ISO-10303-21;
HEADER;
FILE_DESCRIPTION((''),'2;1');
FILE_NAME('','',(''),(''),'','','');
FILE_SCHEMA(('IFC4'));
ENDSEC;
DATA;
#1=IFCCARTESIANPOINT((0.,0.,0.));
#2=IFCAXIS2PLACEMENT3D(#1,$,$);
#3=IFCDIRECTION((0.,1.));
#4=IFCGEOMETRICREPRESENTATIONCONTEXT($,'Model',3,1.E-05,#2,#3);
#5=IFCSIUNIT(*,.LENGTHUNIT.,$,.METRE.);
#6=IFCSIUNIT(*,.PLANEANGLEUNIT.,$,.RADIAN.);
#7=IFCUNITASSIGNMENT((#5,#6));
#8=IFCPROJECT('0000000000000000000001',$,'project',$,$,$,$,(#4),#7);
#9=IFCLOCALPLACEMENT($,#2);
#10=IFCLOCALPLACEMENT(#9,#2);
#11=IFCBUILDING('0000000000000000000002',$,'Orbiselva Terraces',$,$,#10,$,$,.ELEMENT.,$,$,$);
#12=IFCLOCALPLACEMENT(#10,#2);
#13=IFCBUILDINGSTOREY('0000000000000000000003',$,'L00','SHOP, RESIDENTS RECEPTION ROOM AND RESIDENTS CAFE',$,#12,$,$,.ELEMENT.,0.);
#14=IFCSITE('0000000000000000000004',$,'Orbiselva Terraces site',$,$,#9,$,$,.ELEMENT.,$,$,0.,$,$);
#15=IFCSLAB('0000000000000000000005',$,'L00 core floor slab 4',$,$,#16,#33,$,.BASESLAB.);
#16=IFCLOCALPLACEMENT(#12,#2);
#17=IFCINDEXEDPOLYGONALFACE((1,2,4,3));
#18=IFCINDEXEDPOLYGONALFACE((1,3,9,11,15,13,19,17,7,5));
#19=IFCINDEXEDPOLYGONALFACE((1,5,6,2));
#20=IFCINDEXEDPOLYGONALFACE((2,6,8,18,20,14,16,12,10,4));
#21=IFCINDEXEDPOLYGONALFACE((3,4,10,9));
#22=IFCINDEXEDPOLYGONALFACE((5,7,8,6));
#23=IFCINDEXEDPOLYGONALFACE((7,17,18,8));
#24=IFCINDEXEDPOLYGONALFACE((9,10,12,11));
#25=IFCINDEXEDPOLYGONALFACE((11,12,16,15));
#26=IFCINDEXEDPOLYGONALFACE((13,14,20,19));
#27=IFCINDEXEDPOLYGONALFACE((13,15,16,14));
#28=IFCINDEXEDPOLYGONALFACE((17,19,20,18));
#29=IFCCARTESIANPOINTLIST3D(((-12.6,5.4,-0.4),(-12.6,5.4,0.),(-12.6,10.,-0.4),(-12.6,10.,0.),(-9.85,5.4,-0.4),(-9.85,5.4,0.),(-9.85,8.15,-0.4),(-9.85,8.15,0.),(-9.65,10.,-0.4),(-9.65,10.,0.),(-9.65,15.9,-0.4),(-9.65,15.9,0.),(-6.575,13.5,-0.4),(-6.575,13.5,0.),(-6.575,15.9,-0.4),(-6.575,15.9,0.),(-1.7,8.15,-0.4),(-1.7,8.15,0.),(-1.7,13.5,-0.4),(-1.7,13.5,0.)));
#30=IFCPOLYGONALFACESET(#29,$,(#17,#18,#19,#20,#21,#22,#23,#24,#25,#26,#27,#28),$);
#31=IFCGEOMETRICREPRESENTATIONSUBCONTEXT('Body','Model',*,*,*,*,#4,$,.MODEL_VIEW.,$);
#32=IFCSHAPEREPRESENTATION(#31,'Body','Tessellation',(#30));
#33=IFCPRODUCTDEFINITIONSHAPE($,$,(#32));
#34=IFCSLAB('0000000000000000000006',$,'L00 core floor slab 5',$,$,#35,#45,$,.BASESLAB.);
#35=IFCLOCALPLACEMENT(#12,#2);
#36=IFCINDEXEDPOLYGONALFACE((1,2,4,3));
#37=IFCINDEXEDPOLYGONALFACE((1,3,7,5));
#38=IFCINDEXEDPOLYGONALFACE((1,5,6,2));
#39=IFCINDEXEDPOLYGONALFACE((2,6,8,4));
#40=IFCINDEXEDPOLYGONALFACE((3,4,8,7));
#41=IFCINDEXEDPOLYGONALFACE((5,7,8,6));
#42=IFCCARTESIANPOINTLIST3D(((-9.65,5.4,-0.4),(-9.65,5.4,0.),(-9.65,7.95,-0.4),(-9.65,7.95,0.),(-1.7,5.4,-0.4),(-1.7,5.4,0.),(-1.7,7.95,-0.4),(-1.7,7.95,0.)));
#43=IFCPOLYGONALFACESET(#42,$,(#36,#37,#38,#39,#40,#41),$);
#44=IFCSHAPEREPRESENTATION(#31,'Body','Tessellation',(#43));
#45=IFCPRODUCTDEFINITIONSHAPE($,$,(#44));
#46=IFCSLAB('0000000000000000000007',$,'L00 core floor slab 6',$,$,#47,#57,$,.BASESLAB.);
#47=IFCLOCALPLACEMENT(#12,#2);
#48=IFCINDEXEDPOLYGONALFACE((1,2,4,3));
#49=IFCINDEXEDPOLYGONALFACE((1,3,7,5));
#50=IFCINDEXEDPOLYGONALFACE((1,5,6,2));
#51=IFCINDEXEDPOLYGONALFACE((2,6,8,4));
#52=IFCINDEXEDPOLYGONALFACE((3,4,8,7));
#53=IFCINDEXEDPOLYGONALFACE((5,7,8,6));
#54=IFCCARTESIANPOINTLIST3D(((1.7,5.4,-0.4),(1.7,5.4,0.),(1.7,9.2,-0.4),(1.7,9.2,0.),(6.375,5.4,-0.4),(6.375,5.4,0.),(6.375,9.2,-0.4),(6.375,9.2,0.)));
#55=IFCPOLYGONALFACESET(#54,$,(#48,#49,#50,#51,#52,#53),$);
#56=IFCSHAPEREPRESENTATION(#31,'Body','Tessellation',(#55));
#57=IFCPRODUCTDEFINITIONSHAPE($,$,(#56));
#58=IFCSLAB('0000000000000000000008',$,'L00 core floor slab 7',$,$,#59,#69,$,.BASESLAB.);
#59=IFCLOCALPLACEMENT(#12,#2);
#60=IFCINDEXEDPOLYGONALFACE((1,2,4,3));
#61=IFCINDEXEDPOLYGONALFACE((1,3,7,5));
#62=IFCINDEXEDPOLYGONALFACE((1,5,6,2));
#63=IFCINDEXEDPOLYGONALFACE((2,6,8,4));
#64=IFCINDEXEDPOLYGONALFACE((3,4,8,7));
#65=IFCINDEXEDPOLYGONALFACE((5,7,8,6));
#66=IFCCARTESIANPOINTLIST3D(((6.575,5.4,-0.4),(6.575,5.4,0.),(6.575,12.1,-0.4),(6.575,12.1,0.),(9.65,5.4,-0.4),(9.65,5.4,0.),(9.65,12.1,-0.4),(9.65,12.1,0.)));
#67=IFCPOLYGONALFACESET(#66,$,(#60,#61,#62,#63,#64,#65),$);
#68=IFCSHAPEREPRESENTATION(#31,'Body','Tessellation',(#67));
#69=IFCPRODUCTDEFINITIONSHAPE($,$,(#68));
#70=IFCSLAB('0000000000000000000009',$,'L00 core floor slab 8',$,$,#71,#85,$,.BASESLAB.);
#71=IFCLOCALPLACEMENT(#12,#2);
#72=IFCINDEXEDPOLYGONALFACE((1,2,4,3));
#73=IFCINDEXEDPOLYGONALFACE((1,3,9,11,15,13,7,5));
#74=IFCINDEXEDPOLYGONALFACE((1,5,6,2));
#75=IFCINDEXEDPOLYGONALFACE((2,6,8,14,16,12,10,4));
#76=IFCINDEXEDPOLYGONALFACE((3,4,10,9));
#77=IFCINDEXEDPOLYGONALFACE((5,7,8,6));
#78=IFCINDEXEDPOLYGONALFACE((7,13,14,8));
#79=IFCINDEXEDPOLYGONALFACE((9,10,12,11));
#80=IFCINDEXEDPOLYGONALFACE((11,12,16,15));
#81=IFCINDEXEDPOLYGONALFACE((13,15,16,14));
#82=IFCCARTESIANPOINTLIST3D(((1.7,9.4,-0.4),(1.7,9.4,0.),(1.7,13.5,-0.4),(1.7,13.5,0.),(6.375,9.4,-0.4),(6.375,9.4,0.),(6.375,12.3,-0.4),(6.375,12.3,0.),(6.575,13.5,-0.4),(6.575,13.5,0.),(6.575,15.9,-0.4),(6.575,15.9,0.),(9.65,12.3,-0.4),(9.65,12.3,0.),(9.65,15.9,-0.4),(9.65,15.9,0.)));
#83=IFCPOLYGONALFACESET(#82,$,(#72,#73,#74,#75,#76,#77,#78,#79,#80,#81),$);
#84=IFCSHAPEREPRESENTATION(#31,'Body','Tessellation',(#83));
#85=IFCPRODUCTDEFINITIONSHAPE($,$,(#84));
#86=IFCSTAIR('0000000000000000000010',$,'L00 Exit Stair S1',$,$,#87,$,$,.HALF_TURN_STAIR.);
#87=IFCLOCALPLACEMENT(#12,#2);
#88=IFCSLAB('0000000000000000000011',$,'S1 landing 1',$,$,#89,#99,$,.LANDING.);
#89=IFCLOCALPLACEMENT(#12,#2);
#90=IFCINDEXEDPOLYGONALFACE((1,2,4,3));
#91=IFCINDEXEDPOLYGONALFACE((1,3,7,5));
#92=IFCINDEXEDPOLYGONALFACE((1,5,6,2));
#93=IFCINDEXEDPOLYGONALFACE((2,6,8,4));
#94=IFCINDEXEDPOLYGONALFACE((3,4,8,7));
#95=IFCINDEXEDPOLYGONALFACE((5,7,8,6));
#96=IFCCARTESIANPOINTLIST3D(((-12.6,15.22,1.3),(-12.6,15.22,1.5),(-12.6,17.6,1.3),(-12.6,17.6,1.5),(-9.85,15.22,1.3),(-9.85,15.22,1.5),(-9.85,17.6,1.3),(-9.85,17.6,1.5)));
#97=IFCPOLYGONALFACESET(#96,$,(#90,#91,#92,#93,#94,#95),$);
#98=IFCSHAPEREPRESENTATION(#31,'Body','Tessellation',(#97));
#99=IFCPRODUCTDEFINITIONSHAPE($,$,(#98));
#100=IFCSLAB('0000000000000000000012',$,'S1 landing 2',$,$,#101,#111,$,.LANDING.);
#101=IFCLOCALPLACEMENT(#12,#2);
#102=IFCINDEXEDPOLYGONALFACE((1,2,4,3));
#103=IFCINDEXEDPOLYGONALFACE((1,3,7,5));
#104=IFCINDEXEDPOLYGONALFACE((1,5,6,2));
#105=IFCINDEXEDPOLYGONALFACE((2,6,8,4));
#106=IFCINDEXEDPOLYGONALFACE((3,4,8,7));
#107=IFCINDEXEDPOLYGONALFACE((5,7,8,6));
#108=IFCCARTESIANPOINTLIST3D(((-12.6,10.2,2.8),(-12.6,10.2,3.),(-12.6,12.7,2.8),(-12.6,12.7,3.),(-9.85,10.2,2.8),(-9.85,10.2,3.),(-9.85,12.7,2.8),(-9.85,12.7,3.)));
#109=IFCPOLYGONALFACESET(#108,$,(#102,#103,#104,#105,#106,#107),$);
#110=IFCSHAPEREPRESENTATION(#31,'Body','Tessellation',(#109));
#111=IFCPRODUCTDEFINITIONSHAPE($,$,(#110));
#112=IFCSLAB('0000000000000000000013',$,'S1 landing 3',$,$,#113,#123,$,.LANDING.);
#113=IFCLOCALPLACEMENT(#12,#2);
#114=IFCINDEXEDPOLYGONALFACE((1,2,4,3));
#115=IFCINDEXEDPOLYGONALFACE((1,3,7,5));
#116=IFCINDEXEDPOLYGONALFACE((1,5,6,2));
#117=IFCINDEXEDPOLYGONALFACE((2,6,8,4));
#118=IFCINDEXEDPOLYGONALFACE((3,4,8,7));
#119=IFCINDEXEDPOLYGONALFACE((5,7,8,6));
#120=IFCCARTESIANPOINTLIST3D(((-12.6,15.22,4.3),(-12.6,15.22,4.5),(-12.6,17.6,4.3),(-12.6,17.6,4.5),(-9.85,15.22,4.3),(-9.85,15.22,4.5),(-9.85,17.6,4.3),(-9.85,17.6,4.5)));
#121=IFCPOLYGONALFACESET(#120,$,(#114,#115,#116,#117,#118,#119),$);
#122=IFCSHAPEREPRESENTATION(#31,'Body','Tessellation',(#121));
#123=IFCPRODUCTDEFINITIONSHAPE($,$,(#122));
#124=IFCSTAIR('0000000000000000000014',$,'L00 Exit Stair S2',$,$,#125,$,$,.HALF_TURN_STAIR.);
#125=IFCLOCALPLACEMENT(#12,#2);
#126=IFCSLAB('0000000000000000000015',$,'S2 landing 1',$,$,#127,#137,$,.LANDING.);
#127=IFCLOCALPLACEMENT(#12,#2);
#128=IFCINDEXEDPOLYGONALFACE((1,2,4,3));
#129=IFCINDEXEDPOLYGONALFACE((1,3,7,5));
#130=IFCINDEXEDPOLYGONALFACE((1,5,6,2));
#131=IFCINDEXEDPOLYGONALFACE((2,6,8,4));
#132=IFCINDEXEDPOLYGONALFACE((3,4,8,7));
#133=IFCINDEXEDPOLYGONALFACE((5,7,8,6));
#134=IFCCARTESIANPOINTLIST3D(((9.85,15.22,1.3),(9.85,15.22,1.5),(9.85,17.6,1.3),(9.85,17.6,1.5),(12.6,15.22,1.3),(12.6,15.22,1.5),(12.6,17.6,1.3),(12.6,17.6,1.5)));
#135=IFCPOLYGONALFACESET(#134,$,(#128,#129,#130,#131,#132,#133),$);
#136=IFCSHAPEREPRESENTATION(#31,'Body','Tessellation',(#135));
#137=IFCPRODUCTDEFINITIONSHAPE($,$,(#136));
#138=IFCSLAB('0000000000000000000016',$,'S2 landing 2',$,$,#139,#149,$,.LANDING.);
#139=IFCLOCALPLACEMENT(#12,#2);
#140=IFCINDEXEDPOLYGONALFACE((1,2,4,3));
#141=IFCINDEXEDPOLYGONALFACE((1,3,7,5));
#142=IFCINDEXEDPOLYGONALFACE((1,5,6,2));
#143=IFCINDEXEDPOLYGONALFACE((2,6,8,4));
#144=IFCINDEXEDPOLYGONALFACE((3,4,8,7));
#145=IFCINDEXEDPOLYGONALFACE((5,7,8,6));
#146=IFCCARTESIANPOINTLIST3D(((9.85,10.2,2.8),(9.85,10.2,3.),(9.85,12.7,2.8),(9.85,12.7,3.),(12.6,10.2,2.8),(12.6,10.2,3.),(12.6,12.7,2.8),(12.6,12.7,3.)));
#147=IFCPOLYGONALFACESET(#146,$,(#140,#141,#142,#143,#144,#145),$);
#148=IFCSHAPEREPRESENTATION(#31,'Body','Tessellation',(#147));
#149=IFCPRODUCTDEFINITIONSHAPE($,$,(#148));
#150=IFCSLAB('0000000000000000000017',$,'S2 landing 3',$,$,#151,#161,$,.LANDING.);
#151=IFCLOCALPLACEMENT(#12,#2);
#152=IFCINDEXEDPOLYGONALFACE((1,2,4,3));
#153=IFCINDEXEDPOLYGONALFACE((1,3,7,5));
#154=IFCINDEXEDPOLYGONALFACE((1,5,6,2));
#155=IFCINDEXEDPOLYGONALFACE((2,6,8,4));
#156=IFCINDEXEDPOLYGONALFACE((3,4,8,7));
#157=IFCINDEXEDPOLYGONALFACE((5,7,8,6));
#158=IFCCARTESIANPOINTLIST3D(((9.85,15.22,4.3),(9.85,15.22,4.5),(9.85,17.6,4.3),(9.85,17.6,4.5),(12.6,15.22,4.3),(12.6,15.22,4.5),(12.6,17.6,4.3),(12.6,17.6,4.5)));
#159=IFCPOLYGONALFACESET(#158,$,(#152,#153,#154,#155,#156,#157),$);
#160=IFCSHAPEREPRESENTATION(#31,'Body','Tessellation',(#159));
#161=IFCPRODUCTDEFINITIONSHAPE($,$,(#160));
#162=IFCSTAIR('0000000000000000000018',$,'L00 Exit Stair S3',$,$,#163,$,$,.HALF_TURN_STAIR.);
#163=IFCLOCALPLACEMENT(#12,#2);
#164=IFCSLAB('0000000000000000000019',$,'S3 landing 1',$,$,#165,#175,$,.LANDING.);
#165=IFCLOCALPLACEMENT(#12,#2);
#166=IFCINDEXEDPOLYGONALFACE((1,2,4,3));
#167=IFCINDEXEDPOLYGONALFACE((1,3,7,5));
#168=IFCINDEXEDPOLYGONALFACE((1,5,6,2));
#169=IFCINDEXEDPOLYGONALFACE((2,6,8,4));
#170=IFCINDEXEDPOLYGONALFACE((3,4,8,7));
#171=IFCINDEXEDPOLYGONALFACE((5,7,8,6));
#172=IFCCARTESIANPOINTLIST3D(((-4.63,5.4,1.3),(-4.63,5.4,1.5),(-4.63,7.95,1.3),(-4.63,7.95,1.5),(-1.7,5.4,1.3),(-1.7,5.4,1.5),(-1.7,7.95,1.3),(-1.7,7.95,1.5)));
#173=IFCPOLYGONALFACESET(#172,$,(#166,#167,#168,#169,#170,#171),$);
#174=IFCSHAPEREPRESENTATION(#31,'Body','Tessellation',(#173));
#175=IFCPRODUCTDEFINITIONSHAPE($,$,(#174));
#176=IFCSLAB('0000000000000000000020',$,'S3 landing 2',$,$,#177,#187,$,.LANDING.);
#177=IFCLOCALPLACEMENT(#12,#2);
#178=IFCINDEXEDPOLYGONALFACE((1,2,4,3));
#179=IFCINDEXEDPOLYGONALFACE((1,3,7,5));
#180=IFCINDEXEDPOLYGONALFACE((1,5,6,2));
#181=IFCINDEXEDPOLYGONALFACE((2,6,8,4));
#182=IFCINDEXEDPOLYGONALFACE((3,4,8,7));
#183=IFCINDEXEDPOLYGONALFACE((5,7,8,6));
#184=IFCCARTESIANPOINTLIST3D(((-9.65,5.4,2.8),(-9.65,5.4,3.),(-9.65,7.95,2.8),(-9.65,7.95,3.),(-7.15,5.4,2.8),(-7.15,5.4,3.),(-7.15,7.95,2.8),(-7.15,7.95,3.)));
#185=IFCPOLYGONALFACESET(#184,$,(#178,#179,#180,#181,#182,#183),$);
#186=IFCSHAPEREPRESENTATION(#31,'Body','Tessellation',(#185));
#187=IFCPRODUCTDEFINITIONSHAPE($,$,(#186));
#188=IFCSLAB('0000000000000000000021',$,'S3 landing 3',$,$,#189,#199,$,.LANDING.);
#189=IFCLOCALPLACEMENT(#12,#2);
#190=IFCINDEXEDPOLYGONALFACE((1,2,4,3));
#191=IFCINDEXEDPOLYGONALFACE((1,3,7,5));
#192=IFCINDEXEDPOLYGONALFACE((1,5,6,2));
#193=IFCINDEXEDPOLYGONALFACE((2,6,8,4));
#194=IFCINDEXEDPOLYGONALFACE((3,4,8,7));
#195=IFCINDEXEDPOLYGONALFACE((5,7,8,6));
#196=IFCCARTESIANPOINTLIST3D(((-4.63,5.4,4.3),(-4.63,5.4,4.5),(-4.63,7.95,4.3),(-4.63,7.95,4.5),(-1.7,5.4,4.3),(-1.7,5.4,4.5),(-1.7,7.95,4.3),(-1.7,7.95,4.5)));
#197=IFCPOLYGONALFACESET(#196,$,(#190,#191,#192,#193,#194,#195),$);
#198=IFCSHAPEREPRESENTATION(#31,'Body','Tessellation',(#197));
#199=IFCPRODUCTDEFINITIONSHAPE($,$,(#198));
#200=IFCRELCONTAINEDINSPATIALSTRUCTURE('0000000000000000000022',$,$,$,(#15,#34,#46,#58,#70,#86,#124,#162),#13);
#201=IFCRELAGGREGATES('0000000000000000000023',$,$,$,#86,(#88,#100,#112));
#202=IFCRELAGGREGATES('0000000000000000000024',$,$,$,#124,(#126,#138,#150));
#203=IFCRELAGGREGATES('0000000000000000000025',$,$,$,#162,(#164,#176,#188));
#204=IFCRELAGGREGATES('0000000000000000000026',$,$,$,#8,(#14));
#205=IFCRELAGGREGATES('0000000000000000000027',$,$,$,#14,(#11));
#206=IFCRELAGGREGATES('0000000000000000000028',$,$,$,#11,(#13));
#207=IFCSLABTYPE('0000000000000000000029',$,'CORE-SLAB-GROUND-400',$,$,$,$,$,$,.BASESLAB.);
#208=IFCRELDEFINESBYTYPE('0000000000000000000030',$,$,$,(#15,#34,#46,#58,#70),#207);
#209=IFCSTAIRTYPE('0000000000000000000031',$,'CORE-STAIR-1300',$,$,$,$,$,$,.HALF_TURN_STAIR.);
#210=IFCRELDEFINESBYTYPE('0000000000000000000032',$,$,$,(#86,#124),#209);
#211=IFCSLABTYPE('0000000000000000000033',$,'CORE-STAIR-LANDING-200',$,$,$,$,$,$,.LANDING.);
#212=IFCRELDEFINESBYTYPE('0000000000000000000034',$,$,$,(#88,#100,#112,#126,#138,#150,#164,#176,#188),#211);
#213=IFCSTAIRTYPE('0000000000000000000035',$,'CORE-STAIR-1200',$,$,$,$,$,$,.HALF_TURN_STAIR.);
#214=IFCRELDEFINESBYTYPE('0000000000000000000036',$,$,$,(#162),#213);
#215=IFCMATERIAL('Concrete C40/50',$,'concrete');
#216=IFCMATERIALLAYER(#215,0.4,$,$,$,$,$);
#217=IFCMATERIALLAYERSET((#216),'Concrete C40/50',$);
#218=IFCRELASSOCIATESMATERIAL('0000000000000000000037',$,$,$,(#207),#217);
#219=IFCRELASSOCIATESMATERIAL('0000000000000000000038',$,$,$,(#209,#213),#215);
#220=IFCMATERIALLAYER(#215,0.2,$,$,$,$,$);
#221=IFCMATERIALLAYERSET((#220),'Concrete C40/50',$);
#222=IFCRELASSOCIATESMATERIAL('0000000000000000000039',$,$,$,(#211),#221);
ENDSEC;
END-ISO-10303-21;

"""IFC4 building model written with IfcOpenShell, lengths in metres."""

from ifc_helpers import new_model, si_unit, direction, frame, origin, place, context, subcontext, project, spatial, polyline, outline, extrude, material, layer, layer_set, type_object, element, aggregate, save


model = new_model("IFC4")

# Units and contexts
model_context = context("Model", 3, precision=1e-05, world=origin(), true_north=direction((0.0, 1.0)))
body_context = subcontext(model_context, "Body", "Model", "MODEL_VIEW")
ifc_project = project(units=[si_unit("LENGTHUNIT", "METRE"), si_unit("PLANEANGLEUNIT", "RADIAN")], contexts=[model_context])

# Site, building, storey
site_placement = place(None, origin())
site = spatial("IfcSite", under=ifc_project, at=site_placement, Name="Orbiselva Terraces site", CompositionType="ELEMENT", RefElevation=0.0)
building_placement = place(site_placement, origin())
building = spatial("IfcBuilding", under=site, at=building_placement, Name="Orbiselva Terraces", CompositionType="ELEMENT")
storey_placement = place(building_placement, origin())
storey = spatial("IfcBuildingStorey", under=building, at=storey_placement, Name="L00", Description="SHOP, RESIDENTS RECEPTION ROOM AND RESIDENTS CAFE", CompositionType="ELEMENT", Elevation=0.0)

# Shared definitions
ifc_material_1 = material(Name="Concrete C40/50", Category="concrete")

# Slabs
ifc_layer_1 = layer(ifc_material_1, 0.4)
ifc_layer_set_1 = layer_set([ifc_layer_1], Name="Concrete C40/50")
slab_type_1 = type_object("IfcSlabType", Name="CORE-SLAB-GROUND-400", PredefinedType="BASESLAB", material=ifc_layer_set_1)
slab_1_placement = place(storey_placement, frame((0.0, 0.0, -0.4)))
element("IfcSlab", 1, at=slab_1_placement, inside=storey, type_object=slab_type_1, Name="L00 core floor slab 4", PredefinedType="BASESLAB", context=body_context, shape_type="SweptSolid", body=[
    extrude(outline(polyline([(-12.6, 5.4), (-12.6, 10.0), (-9.65, 10.0), (-9.65, 15.9), (-6.575, 15.9), (-6.575, 13.5), (-1.7, 13.5), (-1.7, 8.15), (-9.85, 8.15), (-9.85, 5.4), (-12.6, 5.4)])), origin(), (0.0, 0.0, 1.0), 0.4),
])
slab_2_placement = place(storey_placement, frame((0.0, 0.0, -0.4)))
element("IfcSlab", 2, at=slab_2_placement, inside=storey, type_object=slab_type_1, Name="L00 core floor slab 5", PredefinedType="BASESLAB", context=body_context, shape_type="SweptSolid", body=[
    extrude(outline(polyline([(-9.65, 5.4), (-9.65, 7.95), (-1.7, 7.95), (-1.7, 5.4), (-9.65, 5.4)])), origin(), (0.0, 0.0, 1.0), 0.4),
])
slab_3_placement = place(storey_placement, frame((0.0, 0.0, -0.4)))
element("IfcSlab", 3, at=slab_3_placement, inside=storey, type_object=slab_type_1, Name="L00 core floor slab 6", PredefinedType="BASESLAB", context=body_context, shape_type="SweptSolid", body=[
    extrude(outline(polyline([(1.7, 5.4), (1.7, 9.2), (6.375, 9.2), (6.375, 5.4), (1.7, 5.4)])), origin(), (0.0, 0.0, 1.0), 0.4),
])
slab_4_placement = place(storey_placement, frame((0.0, 0.0, -0.4)))
element("IfcSlab", 4, at=slab_4_placement, inside=storey, type_object=slab_type_1, Name="L00 core floor slab 7", PredefinedType="BASESLAB", context=body_context, shape_type="SweptSolid", body=[
    extrude(outline(polyline([(6.575, 5.4), (6.575, 12.1), (9.65, 12.1), (9.65, 5.4), (6.575, 5.4)])), origin(), (0.0, 0.0, 1.0), 0.4),
])
slab_5_placement = place(storey_placement, frame((0.0, 0.0, -0.4)))
element("IfcSlab", 5, at=slab_5_placement, inside=storey, type_object=slab_type_1, Name="L00 core floor slab 8", PredefinedType="BASESLAB", context=body_context, shape_type="SweptSolid", body=[
    extrude(outline(polyline([(6.575, 13.5), (6.575, 15.9), (9.65, 15.9), (9.65, 12.3), (6.375, 12.3), (6.375, 9.4), (1.7, 9.4), (1.7, 13.5), (6.575, 13.5)])), origin(), (0.0, 0.0, 1.0), 0.4),
])

# Stairs, slabs
stair_type_1 = type_object("IfcStairType", Name="CORE-STAIR-1300", PredefinedType="HALF_TURN_STAIR", material=ifc_material_1)
stair_1_placement = place(storey_placement, origin())
stair_1 = element("IfcStair", 6, at=stair_1_placement, inside=storey, type_object=stair_type_1, Name="L00 Exit Stair S1", PredefinedType="HALF_TURN_STAIR")
ifc_layer_2 = layer(ifc_material_1, 0.2)
ifc_layer_set_2 = layer_set([ifc_layer_2], Name="Concrete C40/50")
slab_type_2 = type_object("IfcSlabType", Name="CORE-STAIR-LANDING-200", PredefinedType="LANDING", material=ifc_layer_set_2)
slab_6_placement = place(storey_placement, frame((0.0, 0.0, 1.3)))
slab_6 = element("IfcSlab", 7, at=slab_6_placement, type_object=slab_type_2, Name="S1 landing 1", PredefinedType="LANDING", context=body_context, shape_type="SweptSolid", body=[
    extrude(outline(polyline([(-9.85, 15.22), (-9.85, 17.6), (-12.6, 17.6), (-12.6, 15.22), (-9.85, 15.22)])), origin(), (0.0, 0.0, 1.0), 0.2),
])
slab_7_placement = place(storey_placement, frame((0.0, 0.0, 2.8)))
slab_7 = element("IfcSlab", 8, at=slab_7_placement, type_object=slab_type_2, Name="S1 landing 2", PredefinedType="LANDING", context=body_context, shape_type="SweptSolid", body=[
    extrude(outline(polyline([(-9.85, 10.2), (-9.85, 12.7), (-12.6, 12.7), (-12.6, 10.2), (-9.85, 10.2)])), origin(), (0.0, 0.0, 1.0), 0.2),
])
slab_8_placement = place(storey_placement, frame((0.0, 0.0, 4.3)))
slab_8 = element("IfcSlab", 9, at=slab_8_placement, type_object=slab_type_2, Name="S1 landing 3", PredefinedType="LANDING", context=body_context, shape_type="SweptSolid", body=[
    extrude(outline(polyline([(-9.85, 15.22), (-9.85, 17.6), (-12.6, 17.6), (-12.6, 15.22), (-9.85, 15.22)])), origin(), (0.0, 0.0, 1.0), 0.2),
])
aggregate(stair_1, [slab_6, slab_7, slab_8])
stair_2_placement = place(storey_placement, origin())
stair_2 = element("IfcStair", 10, at=stair_2_placement, inside=storey, type_object=stair_type_1, Name="L00 Exit Stair S2", PredefinedType="HALF_TURN_STAIR")
slab_9_placement = place(storey_placement, frame((0.0, 0.0, 1.3)))
slab_9 = element("IfcSlab", 11, at=slab_9_placement, type_object=slab_type_2, Name="S2 landing 1", PredefinedType="LANDING", context=body_context, shape_type="SweptSolid", body=[
    extrude(outline(polyline([(12.6, 15.22), (12.6, 17.6), (9.85, 17.6), (9.85, 15.22), (12.6, 15.22)])), origin(), (0.0, 0.0, 1.0), 0.2),
])
slab_10_placement = place(storey_placement, frame((0.0, 0.0, 2.8)))
slab_10 = element("IfcSlab", 12, at=slab_10_placement, type_object=slab_type_2, Name="S2 landing 2", PredefinedType="LANDING", context=body_context, shape_type="SweptSolid", body=[
    extrude(outline(polyline([(12.6, 10.2), (12.6, 12.7), (9.85, 12.7), (9.85, 10.2), (12.6, 10.2)])), origin(), (0.0, 0.0, 1.0), 0.2),
])
slab_11_placement = place(storey_placement, frame((0.0, 0.0, 4.3)))
slab_11 = element("IfcSlab", 13, at=slab_11_placement, type_object=slab_type_2, Name="S2 landing 3", PredefinedType="LANDING", context=body_context, shape_type="SweptSolid", body=[
    extrude(outline(polyline([(12.6, 15.22), (12.6, 17.6), (9.85, 17.6), (9.85, 15.22), (12.6, 15.22)])), origin(), (0.0, 0.0, 1.0), 0.2),
])
aggregate(stair_2, [slab_9, slab_10, slab_11])
stair_type_2 = type_object("IfcStairType", Name="CORE-STAIR-1200", PredefinedType="HALF_TURN_STAIR", material=ifc_material_1)
stair_3_placement = place(storey_placement, origin())
stair_3 = element("IfcStair", 14, at=stair_3_placement, inside=storey, type_object=stair_type_2, Name="L00 Exit Stair S3", PredefinedType="HALF_TURN_STAIR")
slab_12_placement = place(storey_placement, frame((0.0, 0.0, 1.3)))
slab_12 = element("IfcSlab", 15, at=slab_12_placement, type_object=slab_type_2, Name="S3 landing 1", PredefinedType="LANDING", context=body_context, shape_type="SweptSolid", body=[
    extrude(outline(polyline([(-4.63, 5.4), (-1.7, 5.4), (-1.7, 7.95), (-4.63, 7.95), (-4.63, 5.4)])), origin(), (0.0, 0.0, 1.0), 0.2),
])
slab_13_placement = place(storey_placement, frame((0.0, 0.0, 2.8)))
slab_13 = element("IfcSlab", 16, at=slab_13_placement, type_object=slab_type_2, Name="S3 landing 2", PredefinedType="LANDING", context=body_context, shape_type="SweptSolid", body=[
    extrude(outline(polyline([(-9.65, 5.4), (-7.15, 5.4), (-7.15, 7.95), (-9.65, 7.95), (-9.65, 5.4)])), origin(), (0.0, 0.0, 1.0), 0.2),
])
slab_14_placement = place(storey_placement, frame((0.0, 0.0, 4.3)))
slab_14 = element("IfcSlab", 17, at=slab_14_placement, type_object=slab_type_2, Name="S3 landing 3", PredefinedType="LANDING", context=body_context, shape_type="SweptSolid", body=[
    extrude(outline(polyline([(-4.63, 5.4), (-1.7, 5.4), (-1.7, 7.95), (-4.63, 7.95), (-4.63, 5.4)])), origin(), (0.0, 0.0, 1.0), 0.2),
])
aggregate(stair_3, [slab_12, slab_13, slab_14])

save(model, "model.ifc")
